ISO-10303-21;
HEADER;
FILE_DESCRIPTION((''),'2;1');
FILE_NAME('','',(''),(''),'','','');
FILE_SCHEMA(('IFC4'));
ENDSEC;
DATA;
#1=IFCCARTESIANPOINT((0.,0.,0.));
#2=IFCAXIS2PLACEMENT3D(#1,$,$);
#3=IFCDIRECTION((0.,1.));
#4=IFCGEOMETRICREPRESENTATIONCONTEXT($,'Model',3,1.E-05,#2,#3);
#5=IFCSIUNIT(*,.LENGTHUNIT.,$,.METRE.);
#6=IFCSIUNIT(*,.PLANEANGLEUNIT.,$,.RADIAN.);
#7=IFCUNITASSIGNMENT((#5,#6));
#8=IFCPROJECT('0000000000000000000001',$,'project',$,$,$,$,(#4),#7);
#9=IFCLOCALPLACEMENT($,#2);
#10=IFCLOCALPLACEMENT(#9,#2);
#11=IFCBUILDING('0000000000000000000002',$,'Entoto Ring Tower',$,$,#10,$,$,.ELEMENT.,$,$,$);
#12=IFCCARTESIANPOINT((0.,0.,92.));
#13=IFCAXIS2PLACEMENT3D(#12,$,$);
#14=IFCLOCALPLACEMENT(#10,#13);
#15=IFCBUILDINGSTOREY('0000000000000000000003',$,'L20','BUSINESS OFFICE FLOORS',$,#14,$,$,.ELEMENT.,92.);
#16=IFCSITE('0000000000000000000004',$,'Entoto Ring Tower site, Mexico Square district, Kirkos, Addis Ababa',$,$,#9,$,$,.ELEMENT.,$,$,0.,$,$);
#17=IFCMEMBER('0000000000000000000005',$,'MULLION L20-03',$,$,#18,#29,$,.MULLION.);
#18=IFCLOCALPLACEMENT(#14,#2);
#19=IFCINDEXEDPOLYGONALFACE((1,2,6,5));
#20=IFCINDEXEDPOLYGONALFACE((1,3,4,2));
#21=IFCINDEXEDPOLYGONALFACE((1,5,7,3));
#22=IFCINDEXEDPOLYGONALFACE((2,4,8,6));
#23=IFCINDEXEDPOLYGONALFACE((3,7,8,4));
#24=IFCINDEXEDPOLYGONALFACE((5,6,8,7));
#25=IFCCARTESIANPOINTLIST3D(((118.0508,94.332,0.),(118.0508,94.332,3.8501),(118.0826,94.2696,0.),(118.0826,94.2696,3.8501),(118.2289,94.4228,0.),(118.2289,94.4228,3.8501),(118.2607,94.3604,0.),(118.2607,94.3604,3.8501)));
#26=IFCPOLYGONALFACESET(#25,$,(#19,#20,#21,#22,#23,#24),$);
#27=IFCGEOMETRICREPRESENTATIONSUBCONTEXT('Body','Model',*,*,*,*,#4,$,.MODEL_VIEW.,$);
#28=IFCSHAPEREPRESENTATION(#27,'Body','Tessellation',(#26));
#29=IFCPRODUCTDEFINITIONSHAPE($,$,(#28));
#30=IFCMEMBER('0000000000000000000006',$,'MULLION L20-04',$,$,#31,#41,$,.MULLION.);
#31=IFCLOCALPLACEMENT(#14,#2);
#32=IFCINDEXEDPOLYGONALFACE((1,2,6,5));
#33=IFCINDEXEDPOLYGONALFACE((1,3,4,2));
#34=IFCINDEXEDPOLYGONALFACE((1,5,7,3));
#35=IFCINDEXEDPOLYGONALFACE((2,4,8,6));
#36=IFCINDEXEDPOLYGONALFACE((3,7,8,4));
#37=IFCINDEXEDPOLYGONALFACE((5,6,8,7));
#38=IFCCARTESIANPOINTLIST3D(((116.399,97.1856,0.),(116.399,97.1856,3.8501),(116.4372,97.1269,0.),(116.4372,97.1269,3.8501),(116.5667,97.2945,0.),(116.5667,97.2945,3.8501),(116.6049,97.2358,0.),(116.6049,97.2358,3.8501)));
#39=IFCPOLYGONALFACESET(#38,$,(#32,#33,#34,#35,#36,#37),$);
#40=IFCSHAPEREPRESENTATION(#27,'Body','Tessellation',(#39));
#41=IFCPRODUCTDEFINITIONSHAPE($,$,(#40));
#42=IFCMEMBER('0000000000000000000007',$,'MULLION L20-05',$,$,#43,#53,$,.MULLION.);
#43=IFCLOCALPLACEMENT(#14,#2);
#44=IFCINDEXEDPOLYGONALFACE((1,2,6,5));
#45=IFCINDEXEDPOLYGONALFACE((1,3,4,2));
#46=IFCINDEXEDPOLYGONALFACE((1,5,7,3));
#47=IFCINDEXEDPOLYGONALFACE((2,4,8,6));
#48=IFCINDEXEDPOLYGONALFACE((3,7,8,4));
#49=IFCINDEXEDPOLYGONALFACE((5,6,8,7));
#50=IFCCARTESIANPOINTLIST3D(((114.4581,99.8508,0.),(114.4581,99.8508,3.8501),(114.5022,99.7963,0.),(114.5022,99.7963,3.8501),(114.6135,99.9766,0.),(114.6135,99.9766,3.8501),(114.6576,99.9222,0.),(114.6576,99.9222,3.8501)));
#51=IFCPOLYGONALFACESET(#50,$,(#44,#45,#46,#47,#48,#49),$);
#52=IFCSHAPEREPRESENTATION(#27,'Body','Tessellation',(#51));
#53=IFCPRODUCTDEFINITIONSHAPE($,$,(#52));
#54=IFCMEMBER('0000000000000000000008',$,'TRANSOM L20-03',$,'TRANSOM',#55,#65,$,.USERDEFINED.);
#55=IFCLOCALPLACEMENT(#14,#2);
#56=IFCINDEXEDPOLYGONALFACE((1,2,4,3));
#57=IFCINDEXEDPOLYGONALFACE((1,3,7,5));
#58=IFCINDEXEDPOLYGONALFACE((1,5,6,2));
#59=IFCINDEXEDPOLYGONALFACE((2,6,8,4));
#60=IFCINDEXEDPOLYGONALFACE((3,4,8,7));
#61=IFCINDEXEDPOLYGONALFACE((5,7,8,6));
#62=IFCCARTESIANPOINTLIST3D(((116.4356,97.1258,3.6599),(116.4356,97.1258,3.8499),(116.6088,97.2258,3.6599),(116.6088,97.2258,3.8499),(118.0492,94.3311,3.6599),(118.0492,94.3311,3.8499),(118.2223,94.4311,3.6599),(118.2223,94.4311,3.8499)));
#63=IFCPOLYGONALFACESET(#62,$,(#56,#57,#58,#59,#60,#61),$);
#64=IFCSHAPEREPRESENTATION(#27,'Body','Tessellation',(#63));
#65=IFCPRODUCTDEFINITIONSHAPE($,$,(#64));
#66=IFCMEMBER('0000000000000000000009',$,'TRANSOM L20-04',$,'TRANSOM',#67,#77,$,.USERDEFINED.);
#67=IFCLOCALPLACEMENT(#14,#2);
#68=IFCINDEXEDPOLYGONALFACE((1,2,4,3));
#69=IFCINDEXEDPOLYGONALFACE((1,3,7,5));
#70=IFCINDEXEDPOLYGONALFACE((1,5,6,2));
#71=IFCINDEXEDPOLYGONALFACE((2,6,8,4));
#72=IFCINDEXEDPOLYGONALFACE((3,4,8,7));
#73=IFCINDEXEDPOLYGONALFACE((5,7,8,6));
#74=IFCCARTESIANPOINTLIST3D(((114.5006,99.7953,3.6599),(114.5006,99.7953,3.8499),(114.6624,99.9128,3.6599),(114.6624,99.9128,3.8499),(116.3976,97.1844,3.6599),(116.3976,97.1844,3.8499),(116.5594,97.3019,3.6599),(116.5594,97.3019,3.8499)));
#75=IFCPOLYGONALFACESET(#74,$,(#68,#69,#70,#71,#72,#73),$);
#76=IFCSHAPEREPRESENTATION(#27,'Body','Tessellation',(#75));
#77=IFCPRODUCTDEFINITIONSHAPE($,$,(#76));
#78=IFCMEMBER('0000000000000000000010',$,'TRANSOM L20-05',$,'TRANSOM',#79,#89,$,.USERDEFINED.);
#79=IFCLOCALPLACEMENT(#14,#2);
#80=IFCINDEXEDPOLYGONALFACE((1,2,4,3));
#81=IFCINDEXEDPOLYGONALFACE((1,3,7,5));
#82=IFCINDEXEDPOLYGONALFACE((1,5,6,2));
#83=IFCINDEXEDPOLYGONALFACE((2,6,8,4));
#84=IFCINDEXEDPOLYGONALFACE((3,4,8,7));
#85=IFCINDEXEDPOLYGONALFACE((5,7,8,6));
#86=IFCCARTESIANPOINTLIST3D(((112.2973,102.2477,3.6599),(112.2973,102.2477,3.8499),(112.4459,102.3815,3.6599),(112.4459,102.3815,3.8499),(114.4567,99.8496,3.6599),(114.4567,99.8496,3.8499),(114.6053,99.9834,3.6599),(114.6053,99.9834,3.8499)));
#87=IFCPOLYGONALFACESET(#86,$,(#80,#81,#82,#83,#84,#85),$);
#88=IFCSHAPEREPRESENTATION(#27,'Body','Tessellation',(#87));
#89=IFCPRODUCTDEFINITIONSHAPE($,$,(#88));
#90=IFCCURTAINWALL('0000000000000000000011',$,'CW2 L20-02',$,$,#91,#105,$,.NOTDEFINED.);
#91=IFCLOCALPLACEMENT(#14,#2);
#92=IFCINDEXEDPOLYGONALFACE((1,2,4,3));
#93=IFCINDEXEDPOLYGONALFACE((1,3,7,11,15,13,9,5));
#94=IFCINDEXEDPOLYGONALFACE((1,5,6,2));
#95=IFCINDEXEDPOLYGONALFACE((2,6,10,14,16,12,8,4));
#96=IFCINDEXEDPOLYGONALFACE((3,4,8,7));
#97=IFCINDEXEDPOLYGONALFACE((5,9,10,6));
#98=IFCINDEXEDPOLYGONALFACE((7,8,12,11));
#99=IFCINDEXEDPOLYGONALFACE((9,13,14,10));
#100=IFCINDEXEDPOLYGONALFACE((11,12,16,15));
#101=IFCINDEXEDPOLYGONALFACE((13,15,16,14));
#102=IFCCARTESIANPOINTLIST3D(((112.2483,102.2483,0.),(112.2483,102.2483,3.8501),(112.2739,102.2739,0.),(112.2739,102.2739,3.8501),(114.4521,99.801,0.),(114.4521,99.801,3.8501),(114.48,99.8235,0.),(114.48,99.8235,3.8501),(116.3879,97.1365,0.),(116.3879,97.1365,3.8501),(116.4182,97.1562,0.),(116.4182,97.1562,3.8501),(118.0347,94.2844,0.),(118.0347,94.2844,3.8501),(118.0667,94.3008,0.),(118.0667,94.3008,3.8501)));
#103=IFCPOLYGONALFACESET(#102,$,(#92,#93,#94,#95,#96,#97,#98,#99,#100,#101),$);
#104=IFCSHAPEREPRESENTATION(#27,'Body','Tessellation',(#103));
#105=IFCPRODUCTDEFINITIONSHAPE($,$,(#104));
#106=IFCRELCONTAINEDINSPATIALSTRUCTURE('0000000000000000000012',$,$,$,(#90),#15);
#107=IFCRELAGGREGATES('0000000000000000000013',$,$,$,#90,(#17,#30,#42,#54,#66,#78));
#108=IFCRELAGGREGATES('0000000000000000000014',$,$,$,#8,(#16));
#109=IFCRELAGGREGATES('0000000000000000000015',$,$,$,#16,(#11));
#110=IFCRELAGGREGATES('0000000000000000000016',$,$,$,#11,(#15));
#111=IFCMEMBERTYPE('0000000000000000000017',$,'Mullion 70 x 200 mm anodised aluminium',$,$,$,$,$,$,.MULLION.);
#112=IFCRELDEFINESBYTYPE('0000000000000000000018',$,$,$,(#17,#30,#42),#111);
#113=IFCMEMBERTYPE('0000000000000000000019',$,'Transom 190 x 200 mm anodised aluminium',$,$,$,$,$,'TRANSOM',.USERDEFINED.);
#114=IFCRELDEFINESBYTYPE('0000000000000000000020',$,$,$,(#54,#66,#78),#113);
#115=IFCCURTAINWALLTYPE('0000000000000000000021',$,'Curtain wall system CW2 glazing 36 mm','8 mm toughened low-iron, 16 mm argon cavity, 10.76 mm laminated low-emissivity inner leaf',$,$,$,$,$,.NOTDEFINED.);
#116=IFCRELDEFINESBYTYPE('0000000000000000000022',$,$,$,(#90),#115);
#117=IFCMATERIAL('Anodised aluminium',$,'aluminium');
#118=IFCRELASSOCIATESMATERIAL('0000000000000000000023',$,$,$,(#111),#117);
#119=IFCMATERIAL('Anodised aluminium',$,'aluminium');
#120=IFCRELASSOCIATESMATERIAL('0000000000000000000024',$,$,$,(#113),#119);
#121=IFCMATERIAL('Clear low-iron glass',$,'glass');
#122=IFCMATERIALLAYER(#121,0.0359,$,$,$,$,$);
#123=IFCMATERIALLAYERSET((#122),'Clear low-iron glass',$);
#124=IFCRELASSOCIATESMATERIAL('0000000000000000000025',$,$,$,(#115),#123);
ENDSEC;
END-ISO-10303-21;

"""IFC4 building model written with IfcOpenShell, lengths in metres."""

from ifc_helpers import new_model, si_unit, direction, frame, origin, origin_2d, place, context, subcontext, project, spatial, polyline, rectangle, outline, extrude, material, layer, layer_set, material_profile, profile_set, type_object, element, aggregate, save


model = new_model("IFC4")

# Units and contexts
model_context = context("Model", 3, precision=1e-05, world=origin(), true_north=direction((0.0, 1.0)))
body_context = subcontext(model_context, "Body", "Model", "MODEL_VIEW")
ifc_project = project(units=[si_unit("LENGTHUNIT", "METRE"), si_unit("PLANEANGLEUNIT", "RADIAN")], contexts=[model_context])

# Members
ifc_material_1 = material(Name="Anodised aluminium", Category="aluminium")
ifc_material_profile_1 = material_profile(ifc_material_1, rectangle(XDim=0.0701, YDim=0.2, at=origin_2d()), Name="Mullion 70 x 200 mm anodised aluminium")
ifc_profile_set_1 = profile_set([ifc_material_profile_1], Name="Anodised aluminium")
member_type_1 = type_object("IfcMemberType", Name="Mullion 70 x 200 mm anodised aluminium", PredefinedType="MULLION", material=ifc_profile_set_1)
site_placement = place(None, origin())
building_placement = place(site_placement, origin())
storey_placement = place(building_placement, frame((0.0, 0.0, 92.0)))
member_1_placement = place(storey_placement, frame((118.1558, 94.3462, 0.0), z_axis=(0.0, 0.0, 1.0), x_axis=(-0.45399, 0.891007, 0.0)))
member_1 = element("IfcMember", 1, at=member_1_placement, type_object=member_type_1, Name="MULLION L20-03", PredefinedType="MULLION", context=body_context, shape_type="SweptSolid", body=[
    extrude(rectangle(XDim=0.0701, YDim=0.2, at=origin_2d()), origin(), (0.0, 0.0, 1.0), 3.8501),
])
member_2_placement = place(storey_placement, frame((116.502, 97.2107, 0.0), z_axis=(0.0, 0.0, 1.0), x_axis=(-0.544639, 0.838671, 0.0)))
member_2 = element("IfcMember", 2, at=member_2_placement, type_object=member_type_1, Name="MULLION L20-04", PredefinedType="MULLION", context=body_context, shape_type="SweptSolid", body=[
    extrude(rectangle(XDim=0.0701, YDim=0.2, at=origin_2d()), origin(), (0.0, 0.0, 1.0), 3.8501),
])
member_3_placement = place(storey_placement, frame((114.5579, 99.8865, 0.0), z_axis=(0.0, 0.0, 1.0), x_axis=(-0.62932, 0.777146, 0.0)))
member_3 = element("IfcMember", 3, at=member_3_placement, type_object=member_type_1, Name="MULLION L20-05", PredefinedType="MULLION", context=body_context, shape_type="SweptSolid", body=[
    extrude(rectangle(XDim=0.0701, YDim=0.2, at=origin_2d()), origin(), (0.0, 0.0, 1.0), 3.8501),
])
ifc_material_2 = material(Name="Anodised aluminium", Category="aluminium")
ifc_material_profile_2 = material_profile(ifc_material_2, rectangle(XDim=0.2, YDim=0.1899, at=origin_2d()), Name="Transom 190 x 200 mm anodised aluminium")
ifc_profile_set_2 = profile_set([ifc_material_profile_2], Name="Anodised aluminium")
member_type_2 = type_object("IfcMemberType", Name="Transom 190 x 200 mm anodised aluminium", ElementType="TRANSOM", PredefinedType="USERDEFINED", material=ifc_profile_set_2)
member_4_placement = place(storey_placement, frame((118.1357, 94.3811, 3.7549), z_axis=(-0.500004, 0.866023, 0.0), x_axis=(-0.866023, -0.500004, 0.0)))
member_4 = element("IfcMember", 4, at=member_4_placement, type_object=member_type_2, Name="TRANSOM L20-03", ObjectType="TRANSOM", PredefinedType="USERDEFINED", context=body_context, shape_type="SweptSolid", body=[
    extrude(rectangle(XDim=0.2, YDim=0.1899, at=origin_2d()), origin(), (0.0, 0.0, 1.0), 3.2271),
])
member_5_placement = place(storey_placement, frame((116.4785, 97.2432, 3.7549), z_axis=(-0.587803, 0.809004, 0.0), x_axis=(-0.809004, -0.587803, 0.0)))
member_5 = element("IfcMember", 5, at=member_5_placement, type_object=member_type_2, Name="TRANSOM L20-04", ObjectType="TRANSOM", PredefinedType="USERDEFINED", context=body_context, shape_type="SweptSolid", body=[
    extrude(rectangle(XDim=0.2, YDim=0.1899, at=origin_2d()), origin(), (0.0, 0.0, 1.0), 3.2273),
])
member_6_placement = place(storey_placement, frame((114.531, 99.9165, 3.7549), z_axis=(-0.669144, 0.743132, 0.0), x_axis=(-0.743132, -0.669144, 0.0)))
member_6 = element("IfcMember", 6, at=member_6_placement, type_object=member_type_2, Name="TRANSOM L20-05", ObjectType="TRANSOM", PredefinedType="USERDEFINED", context=body_context, shape_type="SweptSolid", body=[
    extrude(rectangle(XDim=0.2, YDim=0.1899, at=origin_2d()), origin(), (0.0, 0.0, 1.0), 3.2271),
])

# Site, building, storey
site = spatial("IfcSite", under=ifc_project, at=site_placement, Name="Entoto Ring Tower site, Mexico Square district, Kirkos, Addis Ababa", CompositionType="ELEMENT", RefElevation=0.0)
building = spatial("IfcBuilding", under=site, at=building_placement, Name="Entoto Ring Tower", CompositionType="ELEMENT")
storey = spatial("IfcBuildingStorey", under=building, at=storey_placement, Name="L20", Description="BUSINESS OFFICE FLOORS", CompositionType="ELEMENT", Elevation=92.0)

# Curtain wall
ifc_material_3 = material(Name="Clear low-iron glass", Category="glass")
ifc_layer_1 = layer(ifc_material_3, 0.0359)
ifc_layer_set_1 = layer_set([ifc_layer_1], Name="Clear low-iron glass")
curtain_wall_type = type_object("IfcCurtainWallType", Name="Curtain wall system CW2 glazing 36 mm", Description="8 mm toughened low-iron, 16 mm argon cavity, 10.76 mm laminated low-emissivity inner leaf", PredefinedType="NOTDEFINED", material=ifc_layer_set_1)
curtain_wall_1_placement = place(storey_placement, origin())
curtain_wall_1 = element("IfcCurtainWall", 7, at=curtain_wall_1_placement, inside=storey, type_object=curtain_wall_type, Name="CW2 L20-02", PredefinedType="NOTDEFINED", context=body_context, shape_type="SweptSolid", body=[
    extrude(outline(polyline([(118.0667, 94.3008), (116.4182, 97.1562), (114.48, 99.8235), (112.2739, 102.2739), (112.2483, 102.2483), (114.4521, 99.801), (116.3879, 97.1365), (118.0347, 94.2844), (118.0667, 94.3008)])), origin(), (0.0, 0.0, 1.0), 3.8501),
])
aggregate(curtain_wall_1, [member_1, member_2, member_3, member_4, member_5, member_6])

save(model, "model.ifc")
